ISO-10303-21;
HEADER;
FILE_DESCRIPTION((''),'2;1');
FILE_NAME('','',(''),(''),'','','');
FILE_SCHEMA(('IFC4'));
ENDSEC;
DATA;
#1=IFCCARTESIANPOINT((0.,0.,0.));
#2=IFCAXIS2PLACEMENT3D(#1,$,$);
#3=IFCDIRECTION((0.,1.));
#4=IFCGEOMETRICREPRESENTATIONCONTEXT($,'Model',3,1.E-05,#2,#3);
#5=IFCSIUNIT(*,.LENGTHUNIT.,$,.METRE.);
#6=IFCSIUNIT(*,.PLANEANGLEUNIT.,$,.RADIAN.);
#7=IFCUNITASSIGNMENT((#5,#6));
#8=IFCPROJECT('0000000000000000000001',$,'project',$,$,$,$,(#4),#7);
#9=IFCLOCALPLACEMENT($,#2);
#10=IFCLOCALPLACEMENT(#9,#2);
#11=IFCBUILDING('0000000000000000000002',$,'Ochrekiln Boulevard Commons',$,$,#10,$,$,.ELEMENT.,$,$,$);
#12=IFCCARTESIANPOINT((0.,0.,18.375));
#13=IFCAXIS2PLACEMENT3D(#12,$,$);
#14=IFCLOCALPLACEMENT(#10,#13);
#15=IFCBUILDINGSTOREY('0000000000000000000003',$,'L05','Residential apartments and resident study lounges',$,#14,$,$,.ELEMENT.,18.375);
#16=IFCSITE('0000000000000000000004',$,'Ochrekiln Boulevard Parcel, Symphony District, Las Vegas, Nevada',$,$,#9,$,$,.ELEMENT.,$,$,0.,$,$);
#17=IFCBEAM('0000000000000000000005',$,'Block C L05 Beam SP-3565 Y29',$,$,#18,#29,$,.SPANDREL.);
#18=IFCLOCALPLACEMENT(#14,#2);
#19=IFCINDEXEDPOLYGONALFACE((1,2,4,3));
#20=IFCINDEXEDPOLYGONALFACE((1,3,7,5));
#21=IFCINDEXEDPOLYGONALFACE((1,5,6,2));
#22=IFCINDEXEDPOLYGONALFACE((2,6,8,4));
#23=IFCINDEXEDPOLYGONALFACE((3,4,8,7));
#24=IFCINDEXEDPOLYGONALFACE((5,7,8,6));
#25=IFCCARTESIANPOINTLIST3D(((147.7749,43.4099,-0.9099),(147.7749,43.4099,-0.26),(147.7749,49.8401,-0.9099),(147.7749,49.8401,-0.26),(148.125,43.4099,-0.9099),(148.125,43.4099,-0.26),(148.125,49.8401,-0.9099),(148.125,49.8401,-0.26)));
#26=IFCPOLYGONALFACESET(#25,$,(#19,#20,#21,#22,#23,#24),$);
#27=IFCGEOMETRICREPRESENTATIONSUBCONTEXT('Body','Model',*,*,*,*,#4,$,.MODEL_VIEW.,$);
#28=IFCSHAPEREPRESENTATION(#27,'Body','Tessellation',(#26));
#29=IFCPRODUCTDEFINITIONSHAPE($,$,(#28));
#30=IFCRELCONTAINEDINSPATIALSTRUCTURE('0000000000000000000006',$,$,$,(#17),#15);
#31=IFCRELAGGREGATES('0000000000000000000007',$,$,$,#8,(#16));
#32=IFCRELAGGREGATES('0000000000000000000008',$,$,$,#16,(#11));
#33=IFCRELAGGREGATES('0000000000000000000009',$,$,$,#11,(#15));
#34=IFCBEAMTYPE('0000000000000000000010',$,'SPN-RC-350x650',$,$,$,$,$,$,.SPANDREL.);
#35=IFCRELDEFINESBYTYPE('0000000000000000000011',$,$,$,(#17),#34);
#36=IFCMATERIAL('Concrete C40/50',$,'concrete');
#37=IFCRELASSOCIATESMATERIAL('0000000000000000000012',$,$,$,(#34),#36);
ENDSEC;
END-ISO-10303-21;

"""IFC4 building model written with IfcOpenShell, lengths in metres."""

from ifc_helpers import new_model, si_unit, direction, frame, origin, origin_2d, place, context, subcontext, project, spatial, rectangle, extrude, material, material_profile, profile_set, type_object, element, save


model = new_model("IFC4")

# Units and contexts
model_context = context("Model", 3, precision=1e-05, world=origin(), true_north=direction((0.0, 1.0)))
body_context = subcontext(model_context, "Body", "Model", "MODEL_VIEW")
ifc_project = project(units=[si_unit("LENGTHUNIT", "METRE"), si_unit("PLANEANGLEUNIT", "RADIAN")], contexts=[model_context])

# Site, building, storey
site_placement = place(None, origin())
site = spatial("IfcSite", under=ifc_project, at=site_placement, Name="Ochrekiln Boulevard Parcel, Symphony District, Las Vegas, Nevada", CompositionType="ELEMENT", RefElevation=0.0)
building_placement = place(site_placement, origin())
building = spatial("IfcBuilding", under=site, at=building_placement, Name="Ochrekiln Boulevard Commons", CompositionType="ELEMENT")
storey_placement = place(building_placement, frame((0.0, 0.0, 18.375)))
storey = spatial("IfcBuildingStorey", under=building, at=storey_placement, Name="L05", Description="Residential apartments and resident study lounges", CompositionType="ELEMENT", Elevation=18.375)

# Beam
ifc_material_1 = material(Name="Concrete C40/50", Category="concrete")
ifc_material_profile_1 = material_profile(ifc_material_1, rectangle(XDim=0.3501, YDim=0.6499, at=origin_2d()), Name="RC-SPN-350x650")
ifc_profile_set_1 = profile_set([ifc_material_profile_1], Name="Concrete C40/50")
beam_type = type_object("IfcBeamType", Name="SPN-RC-350x650", PredefinedType="SPANDREL", material=ifc_profile_set_1)
beam_1_placement = place(storey_placement, frame((147.95, 43.4099, -0.585), z_axis=(0.0, 1.0, 0.0), x_axis=(-1.0, 0.0, 0.0)))
element("IfcBeam", 1, at=beam_1_placement, inside=storey, type_object=beam_type, Name="Block C L05 Beam SP-3565 Y29", PredefinedType="SPANDREL", context=body_context, shape_type="SweptSolid", body=[
    extrude(rectangle(XDim=0.3501, YDim=0.6499, at=origin_2d()), origin(), (0.0, 0.0, 1.0), 6.4302),
])

save(model, "model.ifc")
